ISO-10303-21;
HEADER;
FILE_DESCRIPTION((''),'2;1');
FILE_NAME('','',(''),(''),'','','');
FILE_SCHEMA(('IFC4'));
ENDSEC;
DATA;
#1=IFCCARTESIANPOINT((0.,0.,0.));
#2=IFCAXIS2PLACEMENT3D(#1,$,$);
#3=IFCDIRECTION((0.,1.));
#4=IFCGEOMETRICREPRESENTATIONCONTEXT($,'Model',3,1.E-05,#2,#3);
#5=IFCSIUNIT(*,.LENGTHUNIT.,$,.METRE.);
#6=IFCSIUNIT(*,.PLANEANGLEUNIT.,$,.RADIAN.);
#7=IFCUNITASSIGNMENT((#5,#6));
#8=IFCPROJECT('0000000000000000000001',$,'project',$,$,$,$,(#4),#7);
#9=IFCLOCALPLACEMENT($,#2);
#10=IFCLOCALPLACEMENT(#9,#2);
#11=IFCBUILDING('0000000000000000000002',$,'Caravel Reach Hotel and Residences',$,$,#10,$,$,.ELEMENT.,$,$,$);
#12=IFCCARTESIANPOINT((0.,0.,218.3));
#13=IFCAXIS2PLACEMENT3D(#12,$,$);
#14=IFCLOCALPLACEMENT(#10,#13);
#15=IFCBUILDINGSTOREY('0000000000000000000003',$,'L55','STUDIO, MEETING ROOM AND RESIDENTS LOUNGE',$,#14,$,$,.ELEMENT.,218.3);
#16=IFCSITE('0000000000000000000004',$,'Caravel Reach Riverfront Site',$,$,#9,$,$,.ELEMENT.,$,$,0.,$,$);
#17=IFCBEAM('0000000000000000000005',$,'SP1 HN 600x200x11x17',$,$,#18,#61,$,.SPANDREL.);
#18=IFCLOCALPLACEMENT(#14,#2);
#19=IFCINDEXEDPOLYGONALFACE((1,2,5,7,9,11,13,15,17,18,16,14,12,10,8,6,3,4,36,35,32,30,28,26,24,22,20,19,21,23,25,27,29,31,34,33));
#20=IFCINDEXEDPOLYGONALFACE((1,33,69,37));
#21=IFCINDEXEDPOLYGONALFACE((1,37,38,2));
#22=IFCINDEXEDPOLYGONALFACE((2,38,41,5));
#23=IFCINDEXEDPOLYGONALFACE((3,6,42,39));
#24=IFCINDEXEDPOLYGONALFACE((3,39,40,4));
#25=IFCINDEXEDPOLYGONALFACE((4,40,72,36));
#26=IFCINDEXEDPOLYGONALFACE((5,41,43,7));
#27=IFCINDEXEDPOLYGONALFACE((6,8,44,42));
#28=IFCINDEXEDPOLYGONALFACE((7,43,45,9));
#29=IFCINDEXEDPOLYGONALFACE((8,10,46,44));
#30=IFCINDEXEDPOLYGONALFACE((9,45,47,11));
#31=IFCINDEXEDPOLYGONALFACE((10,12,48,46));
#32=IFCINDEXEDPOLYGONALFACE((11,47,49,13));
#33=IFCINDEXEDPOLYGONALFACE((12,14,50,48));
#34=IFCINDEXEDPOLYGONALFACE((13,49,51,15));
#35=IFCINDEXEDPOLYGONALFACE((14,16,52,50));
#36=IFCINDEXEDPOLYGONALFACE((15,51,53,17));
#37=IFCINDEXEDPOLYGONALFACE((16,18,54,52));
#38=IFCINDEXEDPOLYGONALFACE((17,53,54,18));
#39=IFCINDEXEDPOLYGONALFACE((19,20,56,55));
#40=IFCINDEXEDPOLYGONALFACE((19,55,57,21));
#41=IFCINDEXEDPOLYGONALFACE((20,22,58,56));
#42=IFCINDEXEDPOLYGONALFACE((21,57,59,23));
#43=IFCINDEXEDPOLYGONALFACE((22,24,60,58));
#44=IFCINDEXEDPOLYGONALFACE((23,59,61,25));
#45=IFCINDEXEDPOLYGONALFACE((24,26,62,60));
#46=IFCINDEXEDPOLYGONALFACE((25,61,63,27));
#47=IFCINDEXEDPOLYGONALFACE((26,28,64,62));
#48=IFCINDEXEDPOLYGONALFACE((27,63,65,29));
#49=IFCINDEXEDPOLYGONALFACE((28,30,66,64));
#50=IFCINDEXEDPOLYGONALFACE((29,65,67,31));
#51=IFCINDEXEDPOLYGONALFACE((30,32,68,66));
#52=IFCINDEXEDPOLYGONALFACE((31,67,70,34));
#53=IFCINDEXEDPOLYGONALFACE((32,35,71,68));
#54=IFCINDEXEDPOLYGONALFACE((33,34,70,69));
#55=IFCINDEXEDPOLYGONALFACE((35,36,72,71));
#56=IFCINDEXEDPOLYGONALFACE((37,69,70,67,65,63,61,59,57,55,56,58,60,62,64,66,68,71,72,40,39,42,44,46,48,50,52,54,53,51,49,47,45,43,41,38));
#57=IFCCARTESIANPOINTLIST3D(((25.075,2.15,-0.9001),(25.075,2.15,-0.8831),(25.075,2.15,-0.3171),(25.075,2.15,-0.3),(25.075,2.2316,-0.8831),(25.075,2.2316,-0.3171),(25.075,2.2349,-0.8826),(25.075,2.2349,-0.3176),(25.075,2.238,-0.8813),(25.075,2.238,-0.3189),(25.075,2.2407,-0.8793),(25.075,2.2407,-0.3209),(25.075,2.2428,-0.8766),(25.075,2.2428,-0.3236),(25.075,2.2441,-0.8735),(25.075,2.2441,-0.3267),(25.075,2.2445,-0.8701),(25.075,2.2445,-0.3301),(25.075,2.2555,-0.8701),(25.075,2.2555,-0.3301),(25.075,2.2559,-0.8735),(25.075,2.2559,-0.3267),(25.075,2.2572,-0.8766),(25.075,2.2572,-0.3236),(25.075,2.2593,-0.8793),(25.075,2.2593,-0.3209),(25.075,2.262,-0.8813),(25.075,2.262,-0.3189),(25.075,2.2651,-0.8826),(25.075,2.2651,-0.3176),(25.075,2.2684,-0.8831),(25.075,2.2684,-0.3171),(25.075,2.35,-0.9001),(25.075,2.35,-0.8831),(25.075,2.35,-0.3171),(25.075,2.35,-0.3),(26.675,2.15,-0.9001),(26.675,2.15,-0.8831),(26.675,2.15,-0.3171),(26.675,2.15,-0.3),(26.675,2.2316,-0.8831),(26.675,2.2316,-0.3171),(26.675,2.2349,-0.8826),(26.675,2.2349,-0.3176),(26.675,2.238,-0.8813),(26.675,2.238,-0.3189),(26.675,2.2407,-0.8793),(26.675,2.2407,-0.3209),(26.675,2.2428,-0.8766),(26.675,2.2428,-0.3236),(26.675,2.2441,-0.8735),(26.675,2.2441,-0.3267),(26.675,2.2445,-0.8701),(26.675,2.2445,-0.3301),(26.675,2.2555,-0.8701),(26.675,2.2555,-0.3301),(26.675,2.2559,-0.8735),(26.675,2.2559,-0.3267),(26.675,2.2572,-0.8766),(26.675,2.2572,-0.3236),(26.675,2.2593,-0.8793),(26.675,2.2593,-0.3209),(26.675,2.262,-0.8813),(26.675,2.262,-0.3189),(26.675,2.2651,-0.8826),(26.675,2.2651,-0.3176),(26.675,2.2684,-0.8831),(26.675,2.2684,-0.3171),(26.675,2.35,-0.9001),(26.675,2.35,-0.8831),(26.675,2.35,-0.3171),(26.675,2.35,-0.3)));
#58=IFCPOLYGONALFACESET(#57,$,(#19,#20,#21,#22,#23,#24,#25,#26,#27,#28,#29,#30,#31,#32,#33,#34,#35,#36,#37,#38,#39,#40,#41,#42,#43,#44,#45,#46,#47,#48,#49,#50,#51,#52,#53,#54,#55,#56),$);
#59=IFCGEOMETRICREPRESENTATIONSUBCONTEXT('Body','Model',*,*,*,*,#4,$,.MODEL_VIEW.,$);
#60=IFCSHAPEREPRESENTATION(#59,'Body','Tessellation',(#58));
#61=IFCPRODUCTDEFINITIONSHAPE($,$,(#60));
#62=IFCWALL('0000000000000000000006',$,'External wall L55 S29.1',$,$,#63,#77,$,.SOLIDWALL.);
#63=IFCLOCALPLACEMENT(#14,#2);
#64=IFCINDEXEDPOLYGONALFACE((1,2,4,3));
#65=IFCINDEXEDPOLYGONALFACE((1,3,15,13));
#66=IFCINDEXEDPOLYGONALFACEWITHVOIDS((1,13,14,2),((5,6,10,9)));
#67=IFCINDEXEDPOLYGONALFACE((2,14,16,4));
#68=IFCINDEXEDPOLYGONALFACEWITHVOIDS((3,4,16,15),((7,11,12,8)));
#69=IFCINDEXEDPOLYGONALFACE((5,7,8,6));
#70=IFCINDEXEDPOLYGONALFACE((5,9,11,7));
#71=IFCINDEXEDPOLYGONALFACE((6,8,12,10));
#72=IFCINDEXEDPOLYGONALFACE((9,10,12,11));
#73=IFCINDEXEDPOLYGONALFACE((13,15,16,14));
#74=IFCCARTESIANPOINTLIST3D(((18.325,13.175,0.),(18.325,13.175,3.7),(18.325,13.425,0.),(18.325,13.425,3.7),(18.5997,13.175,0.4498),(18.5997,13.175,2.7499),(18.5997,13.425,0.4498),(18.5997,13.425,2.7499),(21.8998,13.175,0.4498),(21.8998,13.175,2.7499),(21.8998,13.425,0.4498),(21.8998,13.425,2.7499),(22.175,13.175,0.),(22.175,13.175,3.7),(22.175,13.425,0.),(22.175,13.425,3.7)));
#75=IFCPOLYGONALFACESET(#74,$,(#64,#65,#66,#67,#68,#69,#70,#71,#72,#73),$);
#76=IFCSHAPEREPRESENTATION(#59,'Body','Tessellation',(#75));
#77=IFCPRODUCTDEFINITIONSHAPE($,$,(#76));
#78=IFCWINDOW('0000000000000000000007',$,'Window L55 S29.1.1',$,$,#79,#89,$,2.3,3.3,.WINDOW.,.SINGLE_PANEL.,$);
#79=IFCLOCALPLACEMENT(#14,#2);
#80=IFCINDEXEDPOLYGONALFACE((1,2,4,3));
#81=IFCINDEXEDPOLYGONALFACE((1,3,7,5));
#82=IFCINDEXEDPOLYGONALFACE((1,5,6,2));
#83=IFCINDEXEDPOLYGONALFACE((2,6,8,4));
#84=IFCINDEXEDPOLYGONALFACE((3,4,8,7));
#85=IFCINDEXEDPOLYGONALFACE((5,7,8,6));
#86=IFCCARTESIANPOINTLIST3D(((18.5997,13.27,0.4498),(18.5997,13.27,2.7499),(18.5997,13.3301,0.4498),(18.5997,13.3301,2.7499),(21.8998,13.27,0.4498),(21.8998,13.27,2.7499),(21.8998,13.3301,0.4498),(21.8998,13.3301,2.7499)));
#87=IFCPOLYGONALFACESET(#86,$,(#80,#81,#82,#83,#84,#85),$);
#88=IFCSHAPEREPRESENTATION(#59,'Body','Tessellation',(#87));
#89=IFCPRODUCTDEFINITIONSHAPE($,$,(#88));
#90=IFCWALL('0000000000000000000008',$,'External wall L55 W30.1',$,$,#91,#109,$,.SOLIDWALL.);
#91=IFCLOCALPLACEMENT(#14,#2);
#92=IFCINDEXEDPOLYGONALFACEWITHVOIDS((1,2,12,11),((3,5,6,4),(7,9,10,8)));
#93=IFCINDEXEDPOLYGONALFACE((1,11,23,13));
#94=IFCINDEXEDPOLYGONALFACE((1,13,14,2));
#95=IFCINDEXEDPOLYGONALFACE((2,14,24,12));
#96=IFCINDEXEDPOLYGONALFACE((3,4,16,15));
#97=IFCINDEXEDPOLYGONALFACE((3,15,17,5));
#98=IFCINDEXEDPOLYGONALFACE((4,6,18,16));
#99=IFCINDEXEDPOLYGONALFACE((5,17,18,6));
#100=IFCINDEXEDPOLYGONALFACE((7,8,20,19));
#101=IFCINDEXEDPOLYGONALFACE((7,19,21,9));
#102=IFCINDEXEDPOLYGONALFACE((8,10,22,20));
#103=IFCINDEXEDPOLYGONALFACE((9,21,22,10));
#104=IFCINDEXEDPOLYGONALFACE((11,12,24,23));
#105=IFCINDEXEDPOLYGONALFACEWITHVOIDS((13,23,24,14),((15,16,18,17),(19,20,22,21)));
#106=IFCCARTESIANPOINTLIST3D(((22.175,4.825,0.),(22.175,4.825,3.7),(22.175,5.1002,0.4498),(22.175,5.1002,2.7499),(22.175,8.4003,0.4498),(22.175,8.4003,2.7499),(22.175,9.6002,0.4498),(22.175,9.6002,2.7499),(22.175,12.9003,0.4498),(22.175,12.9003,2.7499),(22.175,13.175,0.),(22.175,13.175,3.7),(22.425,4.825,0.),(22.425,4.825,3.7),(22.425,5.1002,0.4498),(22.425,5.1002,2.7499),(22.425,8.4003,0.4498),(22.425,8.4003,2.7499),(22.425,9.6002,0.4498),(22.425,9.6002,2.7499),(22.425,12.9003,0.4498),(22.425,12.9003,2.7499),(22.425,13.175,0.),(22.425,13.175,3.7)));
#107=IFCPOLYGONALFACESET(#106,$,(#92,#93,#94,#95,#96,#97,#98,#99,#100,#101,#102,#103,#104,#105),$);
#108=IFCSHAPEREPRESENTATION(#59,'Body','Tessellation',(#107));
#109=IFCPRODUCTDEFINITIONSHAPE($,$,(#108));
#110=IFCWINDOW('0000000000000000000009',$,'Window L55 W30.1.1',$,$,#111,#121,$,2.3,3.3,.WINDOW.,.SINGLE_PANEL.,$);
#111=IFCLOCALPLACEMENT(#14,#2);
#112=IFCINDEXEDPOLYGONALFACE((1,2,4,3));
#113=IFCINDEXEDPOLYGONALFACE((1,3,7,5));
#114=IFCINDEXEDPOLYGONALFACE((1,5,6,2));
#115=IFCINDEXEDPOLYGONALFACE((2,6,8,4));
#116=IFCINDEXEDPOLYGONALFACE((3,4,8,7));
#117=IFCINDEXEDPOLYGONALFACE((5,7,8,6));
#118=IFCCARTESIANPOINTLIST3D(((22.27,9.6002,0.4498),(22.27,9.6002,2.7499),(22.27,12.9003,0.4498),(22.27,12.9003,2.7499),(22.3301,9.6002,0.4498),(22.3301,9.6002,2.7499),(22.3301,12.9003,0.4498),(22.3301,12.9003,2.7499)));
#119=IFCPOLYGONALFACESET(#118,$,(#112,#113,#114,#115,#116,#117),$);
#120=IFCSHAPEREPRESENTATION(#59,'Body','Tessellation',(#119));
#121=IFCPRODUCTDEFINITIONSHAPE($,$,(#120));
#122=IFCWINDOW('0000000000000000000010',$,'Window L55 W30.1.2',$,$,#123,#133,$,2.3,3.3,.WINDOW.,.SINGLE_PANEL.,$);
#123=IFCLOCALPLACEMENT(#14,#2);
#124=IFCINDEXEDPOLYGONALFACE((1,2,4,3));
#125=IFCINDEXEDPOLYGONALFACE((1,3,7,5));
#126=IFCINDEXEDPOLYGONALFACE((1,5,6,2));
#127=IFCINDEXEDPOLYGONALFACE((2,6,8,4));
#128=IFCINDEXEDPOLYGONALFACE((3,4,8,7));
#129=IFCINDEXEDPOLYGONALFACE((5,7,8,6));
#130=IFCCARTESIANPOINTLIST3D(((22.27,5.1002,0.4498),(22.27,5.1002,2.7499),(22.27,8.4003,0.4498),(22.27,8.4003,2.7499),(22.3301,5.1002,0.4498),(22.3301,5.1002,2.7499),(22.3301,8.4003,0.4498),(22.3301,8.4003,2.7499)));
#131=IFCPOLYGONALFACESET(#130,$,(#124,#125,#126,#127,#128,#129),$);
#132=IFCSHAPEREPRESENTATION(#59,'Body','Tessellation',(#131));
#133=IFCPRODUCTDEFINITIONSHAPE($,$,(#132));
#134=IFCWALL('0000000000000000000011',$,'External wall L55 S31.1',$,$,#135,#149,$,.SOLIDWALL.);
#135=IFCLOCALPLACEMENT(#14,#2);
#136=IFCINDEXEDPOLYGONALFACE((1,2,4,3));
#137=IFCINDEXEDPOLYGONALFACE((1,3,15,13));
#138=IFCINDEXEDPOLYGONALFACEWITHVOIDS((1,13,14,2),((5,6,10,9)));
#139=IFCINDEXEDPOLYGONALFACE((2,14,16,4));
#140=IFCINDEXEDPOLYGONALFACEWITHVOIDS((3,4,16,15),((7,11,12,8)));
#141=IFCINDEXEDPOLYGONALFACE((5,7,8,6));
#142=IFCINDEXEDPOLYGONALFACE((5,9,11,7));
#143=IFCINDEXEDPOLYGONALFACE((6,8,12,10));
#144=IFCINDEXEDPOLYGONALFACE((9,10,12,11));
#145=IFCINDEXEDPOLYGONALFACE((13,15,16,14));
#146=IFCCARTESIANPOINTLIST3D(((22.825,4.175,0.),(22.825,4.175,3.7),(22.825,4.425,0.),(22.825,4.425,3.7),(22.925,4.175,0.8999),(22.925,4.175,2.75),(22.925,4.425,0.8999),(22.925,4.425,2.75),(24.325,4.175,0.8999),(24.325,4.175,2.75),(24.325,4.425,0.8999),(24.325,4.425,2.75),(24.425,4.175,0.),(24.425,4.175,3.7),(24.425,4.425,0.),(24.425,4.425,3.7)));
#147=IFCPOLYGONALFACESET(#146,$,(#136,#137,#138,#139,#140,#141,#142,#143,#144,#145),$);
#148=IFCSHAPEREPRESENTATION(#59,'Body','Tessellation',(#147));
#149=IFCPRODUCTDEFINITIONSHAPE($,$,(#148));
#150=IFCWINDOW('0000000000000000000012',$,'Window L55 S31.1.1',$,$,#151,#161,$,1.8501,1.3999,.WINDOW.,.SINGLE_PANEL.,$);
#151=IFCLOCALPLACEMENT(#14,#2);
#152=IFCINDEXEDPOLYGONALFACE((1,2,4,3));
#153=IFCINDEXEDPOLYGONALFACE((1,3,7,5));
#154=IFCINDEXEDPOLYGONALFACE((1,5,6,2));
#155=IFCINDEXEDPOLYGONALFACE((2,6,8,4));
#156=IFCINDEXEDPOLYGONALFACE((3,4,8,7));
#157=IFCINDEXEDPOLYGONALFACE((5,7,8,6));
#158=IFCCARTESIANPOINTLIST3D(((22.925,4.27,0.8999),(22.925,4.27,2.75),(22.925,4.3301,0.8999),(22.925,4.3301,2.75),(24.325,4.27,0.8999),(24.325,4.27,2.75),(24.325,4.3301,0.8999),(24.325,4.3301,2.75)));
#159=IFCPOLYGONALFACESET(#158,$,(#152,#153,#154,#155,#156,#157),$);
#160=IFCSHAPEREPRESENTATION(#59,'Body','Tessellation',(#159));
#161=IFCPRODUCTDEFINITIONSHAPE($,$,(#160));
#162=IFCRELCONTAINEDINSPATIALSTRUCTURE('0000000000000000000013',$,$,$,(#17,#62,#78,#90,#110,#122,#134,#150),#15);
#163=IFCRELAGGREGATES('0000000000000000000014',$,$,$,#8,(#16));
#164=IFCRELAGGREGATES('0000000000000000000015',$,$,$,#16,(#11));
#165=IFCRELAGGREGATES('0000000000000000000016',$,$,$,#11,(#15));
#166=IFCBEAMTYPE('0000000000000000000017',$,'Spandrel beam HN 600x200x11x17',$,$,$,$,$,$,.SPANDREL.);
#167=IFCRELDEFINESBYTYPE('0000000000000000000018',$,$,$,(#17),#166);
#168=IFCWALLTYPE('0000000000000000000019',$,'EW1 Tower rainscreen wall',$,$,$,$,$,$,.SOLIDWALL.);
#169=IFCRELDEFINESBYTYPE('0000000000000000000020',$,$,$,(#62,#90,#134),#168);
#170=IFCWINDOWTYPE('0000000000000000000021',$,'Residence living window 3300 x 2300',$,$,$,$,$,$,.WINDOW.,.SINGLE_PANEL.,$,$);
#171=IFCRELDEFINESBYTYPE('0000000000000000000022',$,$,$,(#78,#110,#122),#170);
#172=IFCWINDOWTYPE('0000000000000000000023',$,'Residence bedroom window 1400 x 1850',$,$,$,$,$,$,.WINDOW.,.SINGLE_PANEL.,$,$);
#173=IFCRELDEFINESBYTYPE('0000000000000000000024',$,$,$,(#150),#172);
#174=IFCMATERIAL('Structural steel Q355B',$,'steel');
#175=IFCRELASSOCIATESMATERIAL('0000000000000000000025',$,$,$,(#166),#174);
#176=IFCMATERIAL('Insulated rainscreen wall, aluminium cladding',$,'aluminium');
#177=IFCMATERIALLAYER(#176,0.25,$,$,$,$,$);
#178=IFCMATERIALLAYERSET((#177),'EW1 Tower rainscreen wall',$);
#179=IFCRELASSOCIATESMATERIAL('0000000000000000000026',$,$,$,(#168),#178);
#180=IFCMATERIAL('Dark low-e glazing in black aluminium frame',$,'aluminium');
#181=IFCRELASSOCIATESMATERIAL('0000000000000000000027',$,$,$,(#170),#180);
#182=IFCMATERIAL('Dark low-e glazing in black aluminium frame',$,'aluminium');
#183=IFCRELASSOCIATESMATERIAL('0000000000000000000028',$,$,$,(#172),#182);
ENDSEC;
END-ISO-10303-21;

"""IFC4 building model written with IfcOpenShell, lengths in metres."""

from ifc_helpers import new_model, si_unit, direction, frame, frame_2d, origin, origin_2d, place, context, subcontext, project, spatial, rectangle, i_section, extrude, material, layer, layer_set, material_profile, profile_set, type_object, element, fill, save


model = new_model("IFC4")

# Units and contexts
model_context = context("Model", 3, precision=1e-05, world=origin(), true_north=direction((0.0, 1.0)))
body_context = subcontext(model_context, "Body", "Model", "MODEL_VIEW")
ifc_project = project(units=[si_unit("LENGTHUNIT", "METRE"), si_unit("PLANEANGLEUNIT", "RADIAN")], contexts=[model_context])

# Site, building, storey
site_placement = place(None, origin())
site = spatial("IfcSite", under=ifc_project, at=site_placement, Name="Caravel Reach Riverfront Site", CompositionType="ELEMENT", RefElevation=0.0)
building_placement = place(site_placement, origin())
building = spatial("IfcBuilding", under=site, at=building_placement, Name="Caravel Reach Hotel and Residences", CompositionType="ELEMENT")
storey_placement = place(building_placement, frame((0.0, 0.0, 218.3)))
storey = spatial("IfcBuildingStorey", under=building, at=storey_placement, Name="L55", Description="STUDIO, MEETING ROOM AND RESIDENTS LOUNGE", CompositionType="ELEMENT", Elevation=218.3)

# Beam
ifc_material_1 = material(Name="Structural steel Q355B", Category="steel")
ifc_material_profile_1 = material_profile(ifc_material_1, i_section(OverallWidth=0.2, OverallDepth=0.6001, WebThickness=0.011, FlangeThickness=0.0171, FilletRadius=0.0129, at=origin_2d()), Name="HN 600x200x11x17")
ifc_profile_set_1 = profile_set([ifc_material_profile_1], Name="Structural steel Q355B")
beam_type = type_object("IfcBeamType", Name="Spandrel beam HN 600x200x11x17", PredefinedType="SPANDREL", material=ifc_profile_set_1)
for number, where, z_axis, x_axis, name in (
    (1, (25.075, 2.25, -0.6001), (1.0, 0.0, 0.0), (0.0, 1.0, 0.0), "SP1 HN 600x200x11x17"),
):
    element("IfcBeam", number, at=place(storey_placement, frame(where, z_axis=z_axis, x_axis=x_axis)), inside=storey, type_object=beam_type, Name=name, PredefinedType="SPANDREL", context=body_context, shape_type="SweptSolid", body=[
        extrude(i_section(OverallWidth=0.2, OverallDepth=0.6001, WebThickness=0.011, FlangeThickness=0.0171, FilletRadius=0.0129, at=origin_2d()), origin(), (0.0, 0.0, 1.0), 1.6001),
    ])

# Wall, opening, window
ifc_material_2 = material(Name="Insulated rainscreen wall, aluminium cladding", Category="aluminium")
ifc_layer_1 = layer(ifc_material_2, 0.25)
ifc_layer_set_1 = layer_set([ifc_layer_1], Name="EW1 Tower rainscreen wall")
wall_type_1 = type_object("IfcWallType", Name="EW1 Tower rainscreen wall", PredefinedType="SOLIDWALL", material=ifc_layer_set_1)
wall_1_placement = place(storey_placement, frame((18.325, 13.3, 0.0), z_axis=(0.0, 0.0, 1.0), x_axis=(1.0, 0.0, 0.0)))
wall_1 = element("IfcWall", 2, at=wall_1_placement, inside=storey, type_object=wall_type_1, Name="External wall L55 S29.1", PredefinedType="SOLIDWALL", context=body_context, shape_type="SweptSolid", body=[
    extrude(rectangle(XDim=3.8501, YDim=0.25, at=frame_2d((1.925, 0.0))), origin(), (0.0, 0.0, 1.0), 3.7),
])
opening_1_placement = place(wall_1_placement, frame((0.2749, 0.0, 0.45)))
opening_1 = element("IfcOpeningElement", 3, at=opening_1_placement, cuts=wall_1, PredefinedType="OPENING", context=body_context, shape_type="SweptSolid", body=[
    extrude(rectangle(XDim=3.3, YDim=2.3, at=frame_2d((1.6499, 1.1499))), frame((0.0, 0.135, 0.0), z_axis=(0.0, -1.0, 0.0), x_axis=(1.0, 0.0, 0.0)), (0.0, 0.0, 1.0), 0.27),
])
ifc_material_3 = material(Name="Dark low-e glazing in black aluminium frame", Category="aluminium")
window_type_1 = type_object("IfcWindowType", Name="Residence living window 3300 x 2300", PartitioningType="SINGLE_PANEL", PredefinedType="WINDOW", material=ifc_material_3)
window_1_placement = place(opening_1_placement, origin())
window_1 = element("IfcWindow", 4, at=window_1_placement, inside=storey, type_object=window_type_1, Name="Window L55 S29.1.1", OverallHeight=2.3, OverallWidth=3.3, PartitioningType="SINGLE_PANEL", PredefinedType="WINDOW", context=body_context, shape_type="SweptSolid", body=[
    extrude(rectangle(XDim=3.3, YDim=2.3, at=frame_2d((1.6499, 1.1499))), frame((0.0, 0.03, 0.0), z_axis=(0.0, -1.0, 0.0), x_axis=(1.0, 0.0, 0.0)), (0.0, 0.0, 1.0), 0.0601),
])
fill(opening_1, window_1)

# Wall, openings, windows
wall_2_placement = place(storey_placement, frame((22.3, 13.175, 0.0), z_axis=(0.0, 0.0, 1.0), x_axis=(0.0, -1.0, 0.0)))
wall_2 = element("IfcWall", 5, at=wall_2_placement, inside=storey, type_object=wall_type_1, Name="External wall L55 W30.1", PredefinedType="SOLIDWALL", context=body_context, shape_type="SweptSolid", body=[
    extrude(rectangle(XDim=8.3501, YDim=0.25, at=frame_2d((4.175, 0.0))), origin(), (0.0, 0.0, 1.0), 3.7),
])
opening_2_placement = place(wall_2_placement, frame((0.2749, 0.0, 0.45)))
opening_2 = element("IfcOpeningElement", 6, at=opening_2_placement, cuts=wall_2, PredefinedType="OPENING", context=body_context, shape_type="SweptSolid", body=[
    extrude(rectangle(XDim=3.3, YDim=2.3, at=frame_2d((1.6499, 1.1499))), frame((0.0, 0.135, 0.0), z_axis=(0.0, -1.0, 0.0), x_axis=(1.0, 0.0, 0.0)), (0.0, 0.0, 1.0), 0.27),
])
opening_3_placement = place(wall_2_placement, frame((4.7749, 0.0, 0.45)))
opening_3 = element("IfcOpeningElement", 7, at=opening_3_placement, cuts=wall_2, PredefinedType="OPENING", context=body_context, shape_type="SweptSolid", body=[
    extrude(rectangle(XDim=3.3, YDim=2.3, at=frame_2d((1.6499, 1.1499))), frame((0.0, 0.135, 0.0), z_axis=(0.0, -1.0, 0.0), x_axis=(1.0, 0.0, 0.0)), (0.0, 0.0, 1.0), 0.27),
])
window_2_placement = place(opening_2_placement, origin())
window_2 = element("IfcWindow", 8, at=window_2_placement, inside=storey, type_object=window_type_1, Name="Window L55 W30.1.1", OverallHeight=2.3, OverallWidth=3.3, PartitioningType="SINGLE_PANEL", PredefinedType="WINDOW", context=body_context, shape_type="SweptSolid", body=[
    extrude(rectangle(XDim=3.3, YDim=2.3, at=frame_2d((1.6499, 1.1499))), frame((0.0, 0.03, 0.0), z_axis=(0.0, -1.0, 0.0), x_axis=(1.0, 0.0, 0.0)), (0.0, 0.0, 1.0), 0.0601),
])
fill(opening_2, window_2)
window_3_placement = place(opening_3_placement, origin())
window_3 = element("IfcWindow", 9, at=window_3_placement, inside=storey, type_object=window_type_1, Name="Window L55 W30.1.2", OverallHeight=2.3, OverallWidth=3.3, PartitioningType="SINGLE_PANEL", PredefinedType="WINDOW", context=body_context, shape_type="SweptSolid", body=[
    extrude(rectangle(XDim=3.3, YDim=2.3, at=frame_2d((1.6499, 1.1499))), frame((0.0, 0.03, 0.0), z_axis=(0.0, -1.0, 0.0), x_axis=(1.0, 0.0, 0.0)), (0.0, 0.0, 1.0), 0.0601),
])
fill(opening_3, window_3)

# Wall, opening, window
wall_3_placement = place(storey_placement, frame((22.825, 4.3, 0.0), z_axis=(0.0, 0.0, 1.0), x_axis=(1.0, 0.0, 0.0)))
wall_3 = element("IfcWall", 10, at=wall_3_placement, inside=storey, type_object=wall_type_1, Name="External wall L55 S31.1", PredefinedType="SOLIDWALL", context=body_context, shape_type="SweptSolid", body=[
    extrude(rectangle(XDim=1.6001, YDim=0.25, at=frame_2d((0.8, 0.0))), origin(), (0.0, 0.0, 1.0), 3.7),
])
opening_4_placement = place(wall_3_placement, frame((0.1001, 0.0, 0.8999)))
opening_4 = element("IfcOpeningElement", 11, at=opening_4_placement, cuts=wall_3, PredefinedType="OPENING", context=body_context, shape_type="SweptSolid", body=[
    extrude(rectangle(XDim=1.3999, YDim=1.8501, at=frame_2d((0.7, 0.925))), frame((0.0, 0.135, 0.0), z_axis=(0.0, -1.0, 0.0), x_axis=(1.0, 0.0, 0.0)), (0.0, 0.0, 1.0), 0.27),
])
ifc_material_4 = material(Name="Dark low-e glazing in black aluminium frame", Category="aluminium")
window_type_2 = type_object("IfcWindowType", Name="Residence bedroom window 1400 x 1850", PartitioningType="SINGLE_PANEL", PredefinedType="WINDOW", material=ifc_material_4)
window_4_placement = place(opening_4_placement, origin())
window_4 = element("IfcWindow", 12, at=window_4_placement, inside=storey, type_object=window_type_2, Name="Window L55 S31.1.1", OverallHeight=1.8501, OverallWidth=1.3999, PartitioningType="SINGLE_PANEL", PredefinedType="WINDOW", context=body_context, shape_type="SweptSolid", body=[
    extrude(rectangle(XDim=1.3999, YDim=1.8501, at=frame_2d((0.7, 0.925))), frame((0.0, 0.03, 0.0), z_axis=(0.0, -1.0, 0.0), x_axis=(1.0, 0.0, 0.0)), (0.0, 0.0, 1.0), 0.0601),
])
fill(opening_4, window_4)

save(model, "model.ifc")
